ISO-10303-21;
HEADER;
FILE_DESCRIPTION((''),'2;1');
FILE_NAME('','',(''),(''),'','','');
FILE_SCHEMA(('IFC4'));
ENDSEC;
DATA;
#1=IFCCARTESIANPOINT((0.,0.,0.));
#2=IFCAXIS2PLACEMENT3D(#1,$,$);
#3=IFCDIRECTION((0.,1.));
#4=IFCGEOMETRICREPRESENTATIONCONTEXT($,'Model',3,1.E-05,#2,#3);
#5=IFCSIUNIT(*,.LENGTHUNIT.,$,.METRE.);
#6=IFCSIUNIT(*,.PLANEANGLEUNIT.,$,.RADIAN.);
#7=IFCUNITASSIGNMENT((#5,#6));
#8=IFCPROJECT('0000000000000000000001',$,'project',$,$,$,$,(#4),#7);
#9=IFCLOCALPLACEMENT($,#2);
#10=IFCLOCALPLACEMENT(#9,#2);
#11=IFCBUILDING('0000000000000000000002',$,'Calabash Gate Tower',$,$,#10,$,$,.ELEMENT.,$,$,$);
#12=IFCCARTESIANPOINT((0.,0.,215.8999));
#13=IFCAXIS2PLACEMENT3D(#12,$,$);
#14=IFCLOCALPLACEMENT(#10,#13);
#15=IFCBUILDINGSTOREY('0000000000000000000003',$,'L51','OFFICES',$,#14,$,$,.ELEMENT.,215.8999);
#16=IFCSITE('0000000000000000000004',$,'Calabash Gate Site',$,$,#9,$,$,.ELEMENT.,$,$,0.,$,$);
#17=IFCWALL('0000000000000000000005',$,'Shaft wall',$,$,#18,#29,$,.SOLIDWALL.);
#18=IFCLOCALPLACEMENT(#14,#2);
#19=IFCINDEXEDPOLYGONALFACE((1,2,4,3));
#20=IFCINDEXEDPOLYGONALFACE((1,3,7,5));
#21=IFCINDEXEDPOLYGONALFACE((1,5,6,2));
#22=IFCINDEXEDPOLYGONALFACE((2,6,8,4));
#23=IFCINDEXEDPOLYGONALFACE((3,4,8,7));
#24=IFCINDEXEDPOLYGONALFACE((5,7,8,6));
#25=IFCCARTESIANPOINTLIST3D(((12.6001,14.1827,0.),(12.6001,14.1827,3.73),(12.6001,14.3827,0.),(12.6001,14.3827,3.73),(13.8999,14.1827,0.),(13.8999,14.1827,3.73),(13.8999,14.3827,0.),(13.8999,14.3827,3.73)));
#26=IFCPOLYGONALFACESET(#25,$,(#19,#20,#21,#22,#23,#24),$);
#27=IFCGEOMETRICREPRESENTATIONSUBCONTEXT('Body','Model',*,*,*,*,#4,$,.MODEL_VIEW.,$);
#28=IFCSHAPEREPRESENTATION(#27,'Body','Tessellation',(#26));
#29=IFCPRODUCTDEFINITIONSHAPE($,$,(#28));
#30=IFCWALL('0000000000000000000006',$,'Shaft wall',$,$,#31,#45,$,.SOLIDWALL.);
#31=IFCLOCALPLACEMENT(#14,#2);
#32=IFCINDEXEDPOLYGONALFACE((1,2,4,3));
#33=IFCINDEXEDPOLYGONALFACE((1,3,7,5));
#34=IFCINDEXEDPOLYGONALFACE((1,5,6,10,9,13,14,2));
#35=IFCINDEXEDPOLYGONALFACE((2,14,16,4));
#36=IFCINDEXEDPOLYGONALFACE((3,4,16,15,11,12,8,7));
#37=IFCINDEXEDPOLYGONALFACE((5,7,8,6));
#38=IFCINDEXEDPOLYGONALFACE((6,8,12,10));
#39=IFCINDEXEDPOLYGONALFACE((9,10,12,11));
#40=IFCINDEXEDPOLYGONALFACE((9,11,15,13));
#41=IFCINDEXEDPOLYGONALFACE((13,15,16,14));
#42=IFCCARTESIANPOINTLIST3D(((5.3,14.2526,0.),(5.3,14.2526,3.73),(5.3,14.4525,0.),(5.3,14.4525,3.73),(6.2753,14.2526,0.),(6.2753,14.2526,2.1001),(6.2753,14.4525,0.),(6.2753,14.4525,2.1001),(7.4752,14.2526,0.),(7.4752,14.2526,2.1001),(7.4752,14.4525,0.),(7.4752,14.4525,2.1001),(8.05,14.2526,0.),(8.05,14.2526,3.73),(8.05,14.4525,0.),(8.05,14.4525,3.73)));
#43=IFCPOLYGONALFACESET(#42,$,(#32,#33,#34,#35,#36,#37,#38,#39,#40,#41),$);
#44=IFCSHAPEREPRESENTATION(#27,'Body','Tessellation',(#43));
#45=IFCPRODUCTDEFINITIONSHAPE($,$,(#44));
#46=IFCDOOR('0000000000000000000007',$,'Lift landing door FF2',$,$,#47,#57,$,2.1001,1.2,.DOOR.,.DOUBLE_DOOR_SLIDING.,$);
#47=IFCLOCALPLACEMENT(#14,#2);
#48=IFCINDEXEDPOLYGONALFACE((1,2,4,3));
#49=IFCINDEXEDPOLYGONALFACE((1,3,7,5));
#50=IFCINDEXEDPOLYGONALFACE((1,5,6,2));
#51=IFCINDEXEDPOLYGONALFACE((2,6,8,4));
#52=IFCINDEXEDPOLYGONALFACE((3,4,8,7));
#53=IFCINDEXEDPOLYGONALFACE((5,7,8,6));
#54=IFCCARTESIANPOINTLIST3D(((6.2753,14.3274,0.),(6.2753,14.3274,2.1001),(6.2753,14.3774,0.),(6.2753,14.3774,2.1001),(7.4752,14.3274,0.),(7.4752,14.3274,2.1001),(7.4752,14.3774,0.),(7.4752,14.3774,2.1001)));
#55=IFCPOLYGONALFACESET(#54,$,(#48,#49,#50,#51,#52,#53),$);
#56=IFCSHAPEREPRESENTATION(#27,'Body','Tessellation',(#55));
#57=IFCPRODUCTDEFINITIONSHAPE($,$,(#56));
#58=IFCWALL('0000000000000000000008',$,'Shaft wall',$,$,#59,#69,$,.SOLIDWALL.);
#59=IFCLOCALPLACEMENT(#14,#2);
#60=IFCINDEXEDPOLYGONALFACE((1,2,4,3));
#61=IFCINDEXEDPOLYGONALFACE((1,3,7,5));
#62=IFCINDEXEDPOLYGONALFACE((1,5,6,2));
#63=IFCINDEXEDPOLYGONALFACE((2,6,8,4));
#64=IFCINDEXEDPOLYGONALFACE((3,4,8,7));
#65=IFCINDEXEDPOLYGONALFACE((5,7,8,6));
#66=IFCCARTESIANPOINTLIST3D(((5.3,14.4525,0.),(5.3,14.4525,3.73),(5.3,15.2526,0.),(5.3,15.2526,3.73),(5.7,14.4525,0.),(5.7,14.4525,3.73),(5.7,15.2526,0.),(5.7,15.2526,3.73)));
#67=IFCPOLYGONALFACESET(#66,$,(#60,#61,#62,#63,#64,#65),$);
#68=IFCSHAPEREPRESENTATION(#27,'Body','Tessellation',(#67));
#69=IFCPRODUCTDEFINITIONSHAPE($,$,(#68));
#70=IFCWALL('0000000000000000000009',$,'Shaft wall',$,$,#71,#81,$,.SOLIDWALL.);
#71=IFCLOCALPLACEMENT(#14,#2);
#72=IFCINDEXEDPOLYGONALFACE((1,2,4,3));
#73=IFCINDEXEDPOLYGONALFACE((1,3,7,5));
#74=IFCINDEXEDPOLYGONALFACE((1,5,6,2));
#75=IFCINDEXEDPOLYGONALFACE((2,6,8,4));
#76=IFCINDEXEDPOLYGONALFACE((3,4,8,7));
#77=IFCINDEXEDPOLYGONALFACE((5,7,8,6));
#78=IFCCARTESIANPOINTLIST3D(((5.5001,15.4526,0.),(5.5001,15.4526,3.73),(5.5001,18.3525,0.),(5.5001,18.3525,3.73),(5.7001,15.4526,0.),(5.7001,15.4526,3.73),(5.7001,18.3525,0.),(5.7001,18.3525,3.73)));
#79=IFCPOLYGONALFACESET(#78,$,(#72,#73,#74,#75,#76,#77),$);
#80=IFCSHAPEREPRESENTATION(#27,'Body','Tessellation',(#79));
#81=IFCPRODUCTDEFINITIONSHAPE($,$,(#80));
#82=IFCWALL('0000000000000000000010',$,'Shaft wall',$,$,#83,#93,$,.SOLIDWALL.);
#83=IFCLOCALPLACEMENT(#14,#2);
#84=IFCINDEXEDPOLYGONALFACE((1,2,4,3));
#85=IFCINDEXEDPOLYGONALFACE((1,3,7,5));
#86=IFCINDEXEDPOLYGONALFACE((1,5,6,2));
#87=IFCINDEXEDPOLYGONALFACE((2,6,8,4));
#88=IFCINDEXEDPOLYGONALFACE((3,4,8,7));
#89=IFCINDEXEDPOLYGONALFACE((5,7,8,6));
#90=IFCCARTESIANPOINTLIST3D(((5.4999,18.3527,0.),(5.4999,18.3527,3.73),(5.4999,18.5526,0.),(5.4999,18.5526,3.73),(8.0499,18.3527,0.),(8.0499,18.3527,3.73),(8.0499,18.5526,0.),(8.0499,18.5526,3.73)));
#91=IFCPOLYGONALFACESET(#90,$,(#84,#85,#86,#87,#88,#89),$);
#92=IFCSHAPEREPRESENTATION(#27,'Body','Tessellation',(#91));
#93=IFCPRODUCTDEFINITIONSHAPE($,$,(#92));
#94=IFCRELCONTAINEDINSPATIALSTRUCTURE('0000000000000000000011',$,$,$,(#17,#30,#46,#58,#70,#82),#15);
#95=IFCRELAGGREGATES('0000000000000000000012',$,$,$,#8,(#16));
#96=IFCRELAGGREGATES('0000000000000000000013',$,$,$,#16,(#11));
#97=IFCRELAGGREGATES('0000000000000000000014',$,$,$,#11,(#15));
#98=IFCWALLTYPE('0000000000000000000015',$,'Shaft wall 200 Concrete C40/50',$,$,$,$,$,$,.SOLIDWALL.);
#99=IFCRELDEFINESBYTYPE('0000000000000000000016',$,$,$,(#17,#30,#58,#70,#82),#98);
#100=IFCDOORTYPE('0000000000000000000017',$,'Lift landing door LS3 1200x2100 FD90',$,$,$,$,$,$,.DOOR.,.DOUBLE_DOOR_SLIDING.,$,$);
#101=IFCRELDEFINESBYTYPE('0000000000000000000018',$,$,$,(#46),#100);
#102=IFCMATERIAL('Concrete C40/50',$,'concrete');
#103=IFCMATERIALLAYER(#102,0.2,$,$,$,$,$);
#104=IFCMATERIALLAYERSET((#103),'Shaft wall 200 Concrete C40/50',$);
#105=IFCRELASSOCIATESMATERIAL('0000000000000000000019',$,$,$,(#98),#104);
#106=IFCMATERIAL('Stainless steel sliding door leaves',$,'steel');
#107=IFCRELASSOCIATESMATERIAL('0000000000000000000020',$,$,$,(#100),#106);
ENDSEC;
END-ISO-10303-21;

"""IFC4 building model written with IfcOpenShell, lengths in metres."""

from ifc_helpers import new_model, si_unit, direction, frame, frame_2d, origin, place, context, subcontext, project, spatial, rectangle, extrude, material, layer, layer_set, type_object, element, fill, save


model = new_model("IFC4")

# Units and contexts
model_context = context("Model", 3, precision=1e-05, world=origin(), true_north=direction((0.0, 1.0)))
body_context = subcontext(model_context, "Body", "Model", "MODEL_VIEW")
ifc_project = project(units=[si_unit("LENGTHUNIT", "METRE"), si_unit("PLANEANGLEUNIT", "RADIAN")], contexts=[model_context])

# Site, building, storey
site_placement = place(None, origin())
site = spatial("IfcSite", under=ifc_project, at=site_placement, Name="Calabash Gate Site", CompositionType="ELEMENT", RefElevation=0.0)
building_placement = place(site_placement, origin())
building = spatial("IfcBuilding", under=site, at=building_placement, Name="Calabash Gate Tower", CompositionType="ELEMENT")
storey_placement = place(building_placement, frame((0.0, 0.0, 215.8999)))
storey = spatial("IfcBuildingStorey", under=building, at=storey_placement, Name="L51", Description="OFFICES", CompositionType="ELEMENT", Elevation=215.8999)

# Shared definitions
ifc_material_1 = material(Name="Concrete C40/50", Category="concrete")
ifc_layer_1 = layer(ifc_material_1, 0.2)
ifc_layer_set_1 = layer_set([ifc_layer_1], Name="Shaft wall 200 Concrete C40/50")
wall_type_1 = type_object("IfcWallType", Name="Shaft wall 200 Concrete C40/50", PredefinedType="SOLIDWALL", material=ifc_layer_set_1)

# Wall
wall_1_placement = place(storey_placement, frame((12.6001, 14.2827, 0.0), z_axis=(0.0, 0.0, 1.0), x_axis=(1.0, 0.0, 0.0)))
element("IfcWall", 1, at=wall_1_placement, inside=storey, type_object=wall_type_1, Name="Shaft wall", PredefinedType="SOLIDWALL", context=body_context, shape_type="SweptSolid", body=[
    extrude(rectangle(XDim=1.2998, YDim=0.2, at=frame_2d((0.6499, 0.0))), origin(), (0.0, 0.0, 1.0), 3.73),
])

# Wall, opening, door
wall_2_placement = place(storey_placement, frame((5.3, 14.3525, 0.0), z_axis=(0.0, 0.0, 1.0), x_axis=(1.0, 0.0, 0.0)))
wall_2 = element("IfcWall", 2, at=wall_2_placement, inside=storey, type_object=wall_type_1, Name="Shaft wall", PredefinedType="SOLIDWALL", context=body_context, shape_type="SweptSolid", body=[
    extrude(rectangle(XDim=2.75, YDim=0.2, at=frame_2d((1.375, 0.0))), origin(), (0.0, 0.0, 1.0), 3.73),
])
opening_1_placement = place(wall_2_placement, frame((0.9751, 0.0, 0.0)))
opening_1 = element("IfcOpeningElement", 3, at=opening_1_placement, cuts=wall_2, PredefinedType="OPENING", context=body_context, shape_type="SweptSolid", body=[
    extrude(rectangle(XDim=1.2, YDim=2.1001, at=frame_2d((0.6001, 1.05))), frame((0.0, 0.1099, 0.0), z_axis=(0.0, -1.0, 0.0), x_axis=(1.0, 0.0, 0.0)), (0.0, 0.0, 1.0), 0.22),
])
ifc_material_2 = material(Name="Stainless steel sliding door leaves", Category="steel")
door_type_1 = type_object("IfcDoorType", Name="Lift landing door LS3 1200x2100 FD90", OperationType="DOUBLE_DOOR_SLIDING", PredefinedType="DOOR", material=ifc_material_2)
door_1_placement = place(opening_1_placement, origin())
door_1 = element("IfcDoor", 4, at=door_1_placement, inside=storey, type_object=door_type_1, Name="Lift landing door FF2", OperationType="DOUBLE_DOOR_SLIDING", OverallHeight=2.1001, OverallWidth=1.2, PredefinedType="DOOR", context=body_context, shape_type="SweptSolid", body=[
    extrude(rectangle(XDim=1.2, YDim=2.1001, at=frame_2d((0.6001, 1.05))), frame((0.0, 0.0249, 0.0), z_axis=(0.0, -1.0, 0.0), x_axis=(1.0, 0.0, 0.0)), (0.0, 0.0, 1.0), 0.05),
])
fill(opening_1, door_1)

# Walls
wall_3_placement = place(storey_placement, frame((5.5, 14.4526, 0.0), z_axis=(0.0, 0.0, 1.0), x_axis=(0.0, 1.0, 0.0)))
element("IfcWall", 5, at=wall_3_placement, inside=storey, type_object=wall_type_1, Name="Shaft wall", PredefinedType="SOLIDWALL", context=body_context, shape_type="SweptSolid", body=[
    extrude(rectangle(XDim=0.8, YDim=0.3999, at=frame_2d((0.3999, 0.0))), origin(), (0.0, 0.0, 1.0), 3.73),
])
wall_4_placement = place(storey_placement, frame((5.6001, 15.4526, 0.0), z_axis=(0.0, 0.0, 1.0), x_axis=(0.0, 1.0, 0.0)))
element("IfcWall", 6, at=wall_4_placement, inside=storey, type_object=wall_type_1, Name="Shaft wall", PredefinedType="SOLIDWALL", context=body_context, shape_type="SweptSolid", body=[
    extrude(rectangle(XDim=2.8999, YDim=0.2, at=frame_2d((1.45, 0.0))), origin(), (0.0, 0.0, 1.0), 3.73),
])
wall_5_placement = place(storey_placement, frame((5.5, 18.4526, 0.0), z_axis=(0.0, 0.0, 1.0), x_axis=(1.0, 0.0, 0.0)))
element("IfcWall", 7, at=wall_5_placement, inside=storey, type_object=wall_type_1, Name="Shaft wall", PredefinedType="SOLIDWALL", context=body_context, shape_type="SweptSolid", body=[
    extrude(rectangle(XDim=2.55, YDim=0.2, at=frame_2d((1.2749, 0.0))), origin(), (0.0, 0.0, 1.0), 3.73),
])

save(model, "model.ifc")
